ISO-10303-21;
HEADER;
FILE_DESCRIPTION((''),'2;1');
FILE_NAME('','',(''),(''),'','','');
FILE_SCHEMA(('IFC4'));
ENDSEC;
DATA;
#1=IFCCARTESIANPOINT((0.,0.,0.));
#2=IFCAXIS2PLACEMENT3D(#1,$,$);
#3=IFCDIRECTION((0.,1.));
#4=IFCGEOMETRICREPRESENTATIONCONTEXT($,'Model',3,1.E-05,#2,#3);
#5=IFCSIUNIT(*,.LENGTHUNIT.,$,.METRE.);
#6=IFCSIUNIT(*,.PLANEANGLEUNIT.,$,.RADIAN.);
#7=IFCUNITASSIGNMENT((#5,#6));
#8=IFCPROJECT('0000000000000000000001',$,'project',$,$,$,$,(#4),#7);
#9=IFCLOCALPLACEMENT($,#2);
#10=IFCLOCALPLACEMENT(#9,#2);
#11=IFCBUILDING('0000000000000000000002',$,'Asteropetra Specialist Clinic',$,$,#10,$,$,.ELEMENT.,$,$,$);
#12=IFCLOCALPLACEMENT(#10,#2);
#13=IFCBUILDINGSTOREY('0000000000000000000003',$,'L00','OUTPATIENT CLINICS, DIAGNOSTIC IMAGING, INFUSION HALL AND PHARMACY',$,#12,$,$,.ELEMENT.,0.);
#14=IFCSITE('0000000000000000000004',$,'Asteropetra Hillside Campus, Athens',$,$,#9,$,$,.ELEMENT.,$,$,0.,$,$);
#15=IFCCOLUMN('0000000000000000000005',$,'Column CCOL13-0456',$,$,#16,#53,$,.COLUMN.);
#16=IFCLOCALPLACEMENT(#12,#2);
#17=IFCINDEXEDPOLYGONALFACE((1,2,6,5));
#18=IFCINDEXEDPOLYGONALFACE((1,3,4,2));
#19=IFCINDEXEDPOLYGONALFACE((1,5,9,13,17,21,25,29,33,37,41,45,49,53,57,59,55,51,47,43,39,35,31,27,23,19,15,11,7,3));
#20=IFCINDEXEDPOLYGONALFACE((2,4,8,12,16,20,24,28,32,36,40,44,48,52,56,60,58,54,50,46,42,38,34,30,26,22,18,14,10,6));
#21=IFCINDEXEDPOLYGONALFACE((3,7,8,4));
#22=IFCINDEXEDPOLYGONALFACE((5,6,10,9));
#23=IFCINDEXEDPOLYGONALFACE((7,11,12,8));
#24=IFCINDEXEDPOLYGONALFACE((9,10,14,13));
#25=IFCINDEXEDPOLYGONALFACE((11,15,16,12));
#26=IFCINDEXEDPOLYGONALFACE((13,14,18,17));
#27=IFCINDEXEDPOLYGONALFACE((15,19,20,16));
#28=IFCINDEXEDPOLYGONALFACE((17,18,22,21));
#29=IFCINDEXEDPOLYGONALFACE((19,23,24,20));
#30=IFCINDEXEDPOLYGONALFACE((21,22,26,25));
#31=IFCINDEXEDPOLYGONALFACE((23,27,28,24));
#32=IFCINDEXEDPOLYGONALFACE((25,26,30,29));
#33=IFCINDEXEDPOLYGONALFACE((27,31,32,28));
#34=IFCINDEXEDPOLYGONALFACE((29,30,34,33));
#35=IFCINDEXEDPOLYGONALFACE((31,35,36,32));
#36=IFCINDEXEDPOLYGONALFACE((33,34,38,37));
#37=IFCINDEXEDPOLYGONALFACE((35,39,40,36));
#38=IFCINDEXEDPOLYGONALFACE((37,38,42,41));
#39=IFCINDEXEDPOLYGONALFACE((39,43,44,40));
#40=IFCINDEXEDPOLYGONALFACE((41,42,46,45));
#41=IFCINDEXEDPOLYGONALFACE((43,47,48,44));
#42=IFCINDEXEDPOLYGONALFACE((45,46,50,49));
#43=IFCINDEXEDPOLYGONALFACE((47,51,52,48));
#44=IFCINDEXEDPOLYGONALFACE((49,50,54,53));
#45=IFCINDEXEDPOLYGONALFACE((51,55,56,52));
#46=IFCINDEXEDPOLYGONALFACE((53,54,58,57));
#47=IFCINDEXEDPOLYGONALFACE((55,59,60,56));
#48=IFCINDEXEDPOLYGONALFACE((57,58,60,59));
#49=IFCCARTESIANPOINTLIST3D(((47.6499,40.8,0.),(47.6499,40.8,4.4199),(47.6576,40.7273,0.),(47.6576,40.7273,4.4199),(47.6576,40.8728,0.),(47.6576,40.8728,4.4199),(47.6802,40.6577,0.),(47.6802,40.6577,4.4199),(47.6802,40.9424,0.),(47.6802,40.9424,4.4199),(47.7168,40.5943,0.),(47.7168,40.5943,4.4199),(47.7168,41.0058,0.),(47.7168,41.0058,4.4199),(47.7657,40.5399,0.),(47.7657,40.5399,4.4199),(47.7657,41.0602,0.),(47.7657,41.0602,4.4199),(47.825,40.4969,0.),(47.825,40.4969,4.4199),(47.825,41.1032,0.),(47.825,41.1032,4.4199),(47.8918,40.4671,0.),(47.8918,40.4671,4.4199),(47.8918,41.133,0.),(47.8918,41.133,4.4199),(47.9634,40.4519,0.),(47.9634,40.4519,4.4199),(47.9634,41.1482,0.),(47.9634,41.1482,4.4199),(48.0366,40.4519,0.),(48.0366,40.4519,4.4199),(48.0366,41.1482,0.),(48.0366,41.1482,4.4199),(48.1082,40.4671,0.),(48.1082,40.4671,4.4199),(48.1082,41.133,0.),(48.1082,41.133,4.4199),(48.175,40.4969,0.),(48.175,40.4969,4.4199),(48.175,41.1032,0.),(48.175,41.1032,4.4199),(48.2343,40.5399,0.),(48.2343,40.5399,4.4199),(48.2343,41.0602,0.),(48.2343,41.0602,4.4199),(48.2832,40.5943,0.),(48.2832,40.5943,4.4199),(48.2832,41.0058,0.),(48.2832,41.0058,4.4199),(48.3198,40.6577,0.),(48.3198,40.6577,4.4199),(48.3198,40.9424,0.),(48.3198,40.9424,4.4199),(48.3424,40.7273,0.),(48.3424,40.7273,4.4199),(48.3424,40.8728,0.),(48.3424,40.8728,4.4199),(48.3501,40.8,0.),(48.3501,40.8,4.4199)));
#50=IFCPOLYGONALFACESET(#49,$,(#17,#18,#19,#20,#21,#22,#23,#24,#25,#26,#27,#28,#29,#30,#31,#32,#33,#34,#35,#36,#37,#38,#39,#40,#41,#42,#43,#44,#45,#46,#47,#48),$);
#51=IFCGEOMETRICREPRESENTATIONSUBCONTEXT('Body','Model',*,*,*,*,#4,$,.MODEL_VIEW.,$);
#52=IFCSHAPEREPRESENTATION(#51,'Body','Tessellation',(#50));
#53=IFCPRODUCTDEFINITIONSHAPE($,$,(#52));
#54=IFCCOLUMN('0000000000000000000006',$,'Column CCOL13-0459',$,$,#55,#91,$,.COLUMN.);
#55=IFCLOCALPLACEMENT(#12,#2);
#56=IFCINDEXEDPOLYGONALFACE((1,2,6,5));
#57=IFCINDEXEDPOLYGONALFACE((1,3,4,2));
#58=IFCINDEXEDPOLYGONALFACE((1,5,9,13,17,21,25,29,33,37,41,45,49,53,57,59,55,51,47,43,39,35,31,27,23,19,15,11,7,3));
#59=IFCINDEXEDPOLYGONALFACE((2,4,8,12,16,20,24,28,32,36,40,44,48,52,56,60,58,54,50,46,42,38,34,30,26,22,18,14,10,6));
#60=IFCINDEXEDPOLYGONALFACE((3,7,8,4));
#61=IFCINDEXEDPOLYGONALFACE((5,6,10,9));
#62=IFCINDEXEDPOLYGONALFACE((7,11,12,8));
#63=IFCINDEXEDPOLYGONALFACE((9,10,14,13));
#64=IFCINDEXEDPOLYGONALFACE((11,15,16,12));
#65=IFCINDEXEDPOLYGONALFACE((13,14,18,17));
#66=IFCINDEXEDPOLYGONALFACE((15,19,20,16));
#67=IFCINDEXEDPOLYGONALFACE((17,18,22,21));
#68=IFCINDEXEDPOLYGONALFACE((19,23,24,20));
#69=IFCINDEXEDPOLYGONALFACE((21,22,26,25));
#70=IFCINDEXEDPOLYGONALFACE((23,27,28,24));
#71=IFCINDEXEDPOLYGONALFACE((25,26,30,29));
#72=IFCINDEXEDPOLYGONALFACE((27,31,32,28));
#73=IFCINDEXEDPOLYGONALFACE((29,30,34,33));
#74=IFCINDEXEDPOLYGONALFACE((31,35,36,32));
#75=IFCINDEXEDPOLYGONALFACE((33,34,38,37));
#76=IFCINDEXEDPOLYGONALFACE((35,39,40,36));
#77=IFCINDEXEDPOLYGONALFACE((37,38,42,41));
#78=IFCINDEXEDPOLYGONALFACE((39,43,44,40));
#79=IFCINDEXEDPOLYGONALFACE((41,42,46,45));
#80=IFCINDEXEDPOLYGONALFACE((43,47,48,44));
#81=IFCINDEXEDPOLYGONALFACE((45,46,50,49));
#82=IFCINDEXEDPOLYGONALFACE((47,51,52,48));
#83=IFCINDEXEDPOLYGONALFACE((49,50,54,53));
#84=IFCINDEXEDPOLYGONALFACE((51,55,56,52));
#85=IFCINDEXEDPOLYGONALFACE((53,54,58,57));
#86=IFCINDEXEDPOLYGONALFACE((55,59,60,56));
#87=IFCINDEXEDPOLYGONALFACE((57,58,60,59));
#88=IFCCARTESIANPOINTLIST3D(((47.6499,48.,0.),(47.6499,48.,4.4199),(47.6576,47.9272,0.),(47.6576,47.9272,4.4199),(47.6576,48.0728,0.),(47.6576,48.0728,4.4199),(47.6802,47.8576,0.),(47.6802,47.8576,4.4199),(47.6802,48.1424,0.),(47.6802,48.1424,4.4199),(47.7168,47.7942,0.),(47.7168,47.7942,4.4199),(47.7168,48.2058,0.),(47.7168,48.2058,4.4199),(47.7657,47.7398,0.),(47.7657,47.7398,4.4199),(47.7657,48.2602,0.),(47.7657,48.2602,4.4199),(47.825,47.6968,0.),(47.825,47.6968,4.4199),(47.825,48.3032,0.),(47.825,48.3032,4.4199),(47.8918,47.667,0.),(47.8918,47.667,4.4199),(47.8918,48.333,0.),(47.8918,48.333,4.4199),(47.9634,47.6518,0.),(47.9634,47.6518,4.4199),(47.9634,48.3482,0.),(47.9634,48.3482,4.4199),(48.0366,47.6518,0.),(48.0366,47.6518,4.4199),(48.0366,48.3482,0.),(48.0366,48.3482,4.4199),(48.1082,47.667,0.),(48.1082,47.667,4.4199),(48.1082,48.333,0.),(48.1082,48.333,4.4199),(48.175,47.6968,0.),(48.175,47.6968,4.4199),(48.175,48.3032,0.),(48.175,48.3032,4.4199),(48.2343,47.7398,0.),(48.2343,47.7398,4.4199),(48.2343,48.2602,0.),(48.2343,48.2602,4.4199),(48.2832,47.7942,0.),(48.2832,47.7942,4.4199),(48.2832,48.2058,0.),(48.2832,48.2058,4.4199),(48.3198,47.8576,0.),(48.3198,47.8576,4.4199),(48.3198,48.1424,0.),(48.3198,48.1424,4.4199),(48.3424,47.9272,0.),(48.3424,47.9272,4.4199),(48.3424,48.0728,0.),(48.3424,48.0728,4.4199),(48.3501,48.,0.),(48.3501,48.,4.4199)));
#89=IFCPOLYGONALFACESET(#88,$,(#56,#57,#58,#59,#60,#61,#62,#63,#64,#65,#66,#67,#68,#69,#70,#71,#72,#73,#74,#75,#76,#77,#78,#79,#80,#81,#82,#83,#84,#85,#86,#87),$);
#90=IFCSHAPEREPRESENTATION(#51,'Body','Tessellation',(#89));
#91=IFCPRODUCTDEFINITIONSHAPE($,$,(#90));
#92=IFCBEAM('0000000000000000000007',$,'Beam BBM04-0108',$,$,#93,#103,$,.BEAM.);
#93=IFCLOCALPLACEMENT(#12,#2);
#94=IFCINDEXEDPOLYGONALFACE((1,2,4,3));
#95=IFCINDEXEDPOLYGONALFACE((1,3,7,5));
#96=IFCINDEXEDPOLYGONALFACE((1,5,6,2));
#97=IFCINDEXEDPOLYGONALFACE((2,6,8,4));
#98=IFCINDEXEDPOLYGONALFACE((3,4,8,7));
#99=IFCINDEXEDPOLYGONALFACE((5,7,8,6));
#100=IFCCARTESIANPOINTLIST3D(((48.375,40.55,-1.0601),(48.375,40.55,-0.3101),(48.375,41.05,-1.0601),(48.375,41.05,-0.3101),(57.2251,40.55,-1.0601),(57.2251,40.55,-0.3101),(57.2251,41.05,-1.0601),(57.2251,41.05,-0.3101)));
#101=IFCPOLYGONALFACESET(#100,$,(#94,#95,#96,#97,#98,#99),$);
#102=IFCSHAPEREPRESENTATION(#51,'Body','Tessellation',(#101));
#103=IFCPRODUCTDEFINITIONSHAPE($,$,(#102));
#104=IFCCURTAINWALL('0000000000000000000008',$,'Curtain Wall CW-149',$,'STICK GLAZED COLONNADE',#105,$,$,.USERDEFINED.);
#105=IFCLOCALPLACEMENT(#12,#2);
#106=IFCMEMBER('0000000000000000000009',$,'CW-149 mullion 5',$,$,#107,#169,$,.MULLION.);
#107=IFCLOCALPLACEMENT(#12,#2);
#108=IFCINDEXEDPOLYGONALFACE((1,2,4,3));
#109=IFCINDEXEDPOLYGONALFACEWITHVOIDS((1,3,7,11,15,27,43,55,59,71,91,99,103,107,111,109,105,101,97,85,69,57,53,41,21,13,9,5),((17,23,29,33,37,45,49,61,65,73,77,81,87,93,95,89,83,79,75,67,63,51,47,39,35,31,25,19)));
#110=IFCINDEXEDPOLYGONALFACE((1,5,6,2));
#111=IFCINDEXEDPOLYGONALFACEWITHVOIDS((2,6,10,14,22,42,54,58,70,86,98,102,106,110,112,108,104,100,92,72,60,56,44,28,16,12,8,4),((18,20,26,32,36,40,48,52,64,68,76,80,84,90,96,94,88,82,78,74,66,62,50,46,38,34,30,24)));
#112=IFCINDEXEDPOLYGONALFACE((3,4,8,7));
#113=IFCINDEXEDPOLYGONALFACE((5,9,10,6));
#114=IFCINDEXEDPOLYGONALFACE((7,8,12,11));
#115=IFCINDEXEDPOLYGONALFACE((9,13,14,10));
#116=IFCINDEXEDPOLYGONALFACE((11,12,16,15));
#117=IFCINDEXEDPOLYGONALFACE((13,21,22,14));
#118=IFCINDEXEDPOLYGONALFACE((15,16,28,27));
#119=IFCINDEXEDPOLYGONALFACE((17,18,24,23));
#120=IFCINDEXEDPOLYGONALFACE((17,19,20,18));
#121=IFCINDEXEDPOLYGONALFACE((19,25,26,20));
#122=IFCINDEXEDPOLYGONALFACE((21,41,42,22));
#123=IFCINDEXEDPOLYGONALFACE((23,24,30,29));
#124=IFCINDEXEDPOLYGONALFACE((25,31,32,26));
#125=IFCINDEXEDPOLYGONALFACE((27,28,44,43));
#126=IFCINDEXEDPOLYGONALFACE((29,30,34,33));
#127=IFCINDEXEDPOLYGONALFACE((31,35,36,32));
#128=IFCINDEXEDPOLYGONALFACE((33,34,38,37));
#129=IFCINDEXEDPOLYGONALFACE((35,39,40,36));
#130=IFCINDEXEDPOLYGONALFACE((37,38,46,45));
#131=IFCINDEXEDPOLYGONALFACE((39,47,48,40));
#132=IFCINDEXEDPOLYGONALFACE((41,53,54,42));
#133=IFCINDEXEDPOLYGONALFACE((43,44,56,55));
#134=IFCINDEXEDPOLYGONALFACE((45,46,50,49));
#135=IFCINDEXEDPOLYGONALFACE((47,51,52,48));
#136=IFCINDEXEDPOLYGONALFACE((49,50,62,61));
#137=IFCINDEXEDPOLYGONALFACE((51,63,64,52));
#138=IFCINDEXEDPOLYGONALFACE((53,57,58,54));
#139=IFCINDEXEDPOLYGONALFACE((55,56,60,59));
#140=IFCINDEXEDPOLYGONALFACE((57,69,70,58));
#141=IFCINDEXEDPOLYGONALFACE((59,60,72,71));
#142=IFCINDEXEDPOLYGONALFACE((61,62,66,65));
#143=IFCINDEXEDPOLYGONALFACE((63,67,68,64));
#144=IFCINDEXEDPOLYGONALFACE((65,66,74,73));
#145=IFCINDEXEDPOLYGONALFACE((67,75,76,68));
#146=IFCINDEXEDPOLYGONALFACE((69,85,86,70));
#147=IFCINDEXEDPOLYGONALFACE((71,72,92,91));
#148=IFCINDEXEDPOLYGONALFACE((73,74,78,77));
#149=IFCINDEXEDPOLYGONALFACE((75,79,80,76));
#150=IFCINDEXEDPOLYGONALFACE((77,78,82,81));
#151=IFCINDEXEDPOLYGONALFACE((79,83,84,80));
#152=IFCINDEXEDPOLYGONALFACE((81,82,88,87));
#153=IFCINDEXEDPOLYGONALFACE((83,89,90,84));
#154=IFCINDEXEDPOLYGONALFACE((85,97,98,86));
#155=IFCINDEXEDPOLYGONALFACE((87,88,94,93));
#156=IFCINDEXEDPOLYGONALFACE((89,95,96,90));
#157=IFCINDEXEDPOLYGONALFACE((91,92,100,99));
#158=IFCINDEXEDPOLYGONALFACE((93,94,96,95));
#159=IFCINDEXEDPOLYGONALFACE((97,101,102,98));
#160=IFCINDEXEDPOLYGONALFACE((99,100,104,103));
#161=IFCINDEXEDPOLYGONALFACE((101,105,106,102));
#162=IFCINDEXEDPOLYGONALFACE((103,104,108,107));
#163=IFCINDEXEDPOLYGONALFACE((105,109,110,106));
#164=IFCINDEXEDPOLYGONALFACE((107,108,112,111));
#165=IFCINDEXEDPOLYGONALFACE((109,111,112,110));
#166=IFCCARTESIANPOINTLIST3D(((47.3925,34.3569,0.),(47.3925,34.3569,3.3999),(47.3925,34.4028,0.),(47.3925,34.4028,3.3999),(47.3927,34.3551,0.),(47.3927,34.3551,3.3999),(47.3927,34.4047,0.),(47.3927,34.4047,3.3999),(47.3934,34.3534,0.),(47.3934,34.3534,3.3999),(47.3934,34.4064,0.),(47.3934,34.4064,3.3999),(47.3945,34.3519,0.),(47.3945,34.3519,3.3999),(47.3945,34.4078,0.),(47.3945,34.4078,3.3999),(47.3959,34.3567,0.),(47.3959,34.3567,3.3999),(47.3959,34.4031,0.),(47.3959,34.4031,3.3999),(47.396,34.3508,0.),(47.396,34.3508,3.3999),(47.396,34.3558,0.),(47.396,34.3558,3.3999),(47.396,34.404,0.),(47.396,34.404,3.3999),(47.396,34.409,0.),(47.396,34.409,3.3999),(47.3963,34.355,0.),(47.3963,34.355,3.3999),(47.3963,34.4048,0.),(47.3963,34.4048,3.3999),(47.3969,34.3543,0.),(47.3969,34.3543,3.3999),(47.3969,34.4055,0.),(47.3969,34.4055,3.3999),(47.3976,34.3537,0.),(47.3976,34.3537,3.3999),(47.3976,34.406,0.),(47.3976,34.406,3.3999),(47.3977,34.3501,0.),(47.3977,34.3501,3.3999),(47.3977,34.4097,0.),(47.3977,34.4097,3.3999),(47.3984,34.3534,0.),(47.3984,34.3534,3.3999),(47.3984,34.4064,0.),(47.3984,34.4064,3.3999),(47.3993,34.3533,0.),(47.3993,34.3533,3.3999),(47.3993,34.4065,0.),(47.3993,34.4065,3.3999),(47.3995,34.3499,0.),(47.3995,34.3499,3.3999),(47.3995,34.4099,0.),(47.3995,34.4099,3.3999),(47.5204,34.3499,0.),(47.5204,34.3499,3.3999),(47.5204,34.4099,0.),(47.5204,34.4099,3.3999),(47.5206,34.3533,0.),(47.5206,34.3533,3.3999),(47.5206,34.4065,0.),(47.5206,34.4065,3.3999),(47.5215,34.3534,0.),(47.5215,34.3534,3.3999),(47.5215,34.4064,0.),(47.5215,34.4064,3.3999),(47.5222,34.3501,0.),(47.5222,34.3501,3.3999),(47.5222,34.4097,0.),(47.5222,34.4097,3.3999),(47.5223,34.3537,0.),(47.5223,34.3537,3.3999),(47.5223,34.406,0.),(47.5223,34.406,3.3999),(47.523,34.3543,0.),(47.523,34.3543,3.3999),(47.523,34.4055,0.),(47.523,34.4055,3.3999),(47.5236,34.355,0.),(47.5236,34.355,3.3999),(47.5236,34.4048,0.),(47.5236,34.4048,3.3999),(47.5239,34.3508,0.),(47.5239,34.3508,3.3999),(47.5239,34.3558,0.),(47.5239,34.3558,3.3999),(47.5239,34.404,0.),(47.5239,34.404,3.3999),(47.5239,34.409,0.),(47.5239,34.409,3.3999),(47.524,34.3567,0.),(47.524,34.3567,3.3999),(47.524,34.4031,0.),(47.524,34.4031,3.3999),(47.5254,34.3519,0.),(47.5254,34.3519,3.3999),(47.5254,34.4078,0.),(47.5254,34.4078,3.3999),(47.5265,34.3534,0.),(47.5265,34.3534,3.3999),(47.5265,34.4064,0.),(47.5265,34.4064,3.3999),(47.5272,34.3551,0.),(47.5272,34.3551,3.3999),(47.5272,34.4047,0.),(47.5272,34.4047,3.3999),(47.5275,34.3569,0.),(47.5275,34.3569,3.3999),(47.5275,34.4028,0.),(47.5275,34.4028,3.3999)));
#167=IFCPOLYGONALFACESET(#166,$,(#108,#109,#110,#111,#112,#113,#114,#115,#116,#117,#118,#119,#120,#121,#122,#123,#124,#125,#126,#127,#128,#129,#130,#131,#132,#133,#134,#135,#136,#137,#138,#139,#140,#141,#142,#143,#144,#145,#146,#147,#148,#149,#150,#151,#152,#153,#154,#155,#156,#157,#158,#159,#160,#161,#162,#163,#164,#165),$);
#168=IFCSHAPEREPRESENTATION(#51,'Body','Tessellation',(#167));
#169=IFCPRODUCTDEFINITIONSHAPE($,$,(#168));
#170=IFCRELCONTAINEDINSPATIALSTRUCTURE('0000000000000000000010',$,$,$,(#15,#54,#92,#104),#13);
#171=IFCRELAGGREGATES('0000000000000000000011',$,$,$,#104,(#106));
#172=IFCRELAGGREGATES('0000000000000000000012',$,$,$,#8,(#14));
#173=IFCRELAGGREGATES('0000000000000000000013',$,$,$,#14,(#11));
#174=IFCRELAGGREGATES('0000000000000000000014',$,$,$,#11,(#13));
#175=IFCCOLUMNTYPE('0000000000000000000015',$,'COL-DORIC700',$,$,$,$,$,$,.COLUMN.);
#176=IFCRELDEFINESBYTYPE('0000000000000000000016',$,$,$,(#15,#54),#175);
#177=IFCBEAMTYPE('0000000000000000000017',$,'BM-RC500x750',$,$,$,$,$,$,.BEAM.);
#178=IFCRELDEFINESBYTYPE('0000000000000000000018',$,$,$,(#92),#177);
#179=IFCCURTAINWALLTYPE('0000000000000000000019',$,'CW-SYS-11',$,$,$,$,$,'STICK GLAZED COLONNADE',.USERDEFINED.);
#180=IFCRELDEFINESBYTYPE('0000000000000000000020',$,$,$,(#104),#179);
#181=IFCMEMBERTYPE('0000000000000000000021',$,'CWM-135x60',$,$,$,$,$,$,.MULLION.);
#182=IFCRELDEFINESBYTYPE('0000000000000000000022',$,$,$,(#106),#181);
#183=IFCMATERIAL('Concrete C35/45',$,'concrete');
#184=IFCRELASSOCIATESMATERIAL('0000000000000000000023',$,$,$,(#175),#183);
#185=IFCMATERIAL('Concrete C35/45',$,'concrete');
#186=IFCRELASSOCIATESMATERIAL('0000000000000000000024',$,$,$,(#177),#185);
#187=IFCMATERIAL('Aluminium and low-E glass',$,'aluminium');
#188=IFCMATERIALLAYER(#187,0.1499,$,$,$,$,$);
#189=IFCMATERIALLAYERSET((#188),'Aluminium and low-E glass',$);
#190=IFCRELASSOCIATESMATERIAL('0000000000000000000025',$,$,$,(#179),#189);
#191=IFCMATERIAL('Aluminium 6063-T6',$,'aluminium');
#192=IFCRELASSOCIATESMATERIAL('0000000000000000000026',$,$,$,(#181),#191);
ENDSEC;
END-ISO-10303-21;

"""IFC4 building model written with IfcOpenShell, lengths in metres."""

from ifc_helpers import new_model, si_unit, direction, frame, origin, origin_2d, place, context, subcontext, project, spatial, rectangle, hollow_rectangle, circle, extrude, material, layer, layer_set, material_profile, profile_set, type_object, element, aggregate, save


model = new_model("IFC4")

# Units and contexts
model_context = context("Model", 3, precision=1e-05, world=origin(), true_north=direction((0.0, 1.0)))
body_context = subcontext(model_context, "Body", "Model", "MODEL_VIEW")
ifc_project = project(units=[si_unit("LENGTHUNIT", "METRE"), si_unit("PLANEANGLEUNIT", "RADIAN")], contexts=[model_context])

# Site, building, storey
site_placement = place(None, origin())
site = spatial("IfcSite", under=ifc_project, at=site_placement, Name="Asteropetra Hillside Campus, Athens", CompositionType="ELEMENT", RefElevation=0.0)
building_placement = place(site_placement, origin())
building = spatial("IfcBuilding", under=site, at=building_placement, Name="Asteropetra Specialist Clinic", CompositionType="ELEMENT")
storey_placement = place(building_placement, origin())
storey = spatial("IfcBuildingStorey", under=building, at=storey_placement, Name="L00", Description="OUTPATIENT CLINICS, DIAGNOSTIC IMAGING, INFUSION HALL AND PHARMACY", CompositionType="ELEMENT", Elevation=0.0)

# Columns
ifc_material_1 = material(Name="Concrete C35/45", Category="concrete")
ifc_material_profile_1 = material_profile(ifc_material_1, circle(Radius=0.3501, at=origin_2d()), Name="RCC D700")
ifc_profile_set_1 = profile_set([ifc_material_profile_1], Name="Concrete C35/45")
column_type = type_object("IfcColumnType", Name="COL-DORIC700", PredefinedType="COLUMN", material=ifc_profile_set_1)
for number, where, z_axis, x_axis, name in (
    (1, (48.0, 40.8, 0.0), (0.0, 0.0, 1.0), (1.0, 0.0, 0.0), "Column CCOL13-0456"),
    (2, (48.0, 48.0, 0.0), (0.0, 0.0, 1.0), (1.0, 0.0, 0.0), "Column CCOL13-0459"),
):
    element("IfcColumn", number, at=place(storey_placement, frame(where, z_axis=z_axis, x_axis=x_axis)), inside=storey, type_object=column_type, Name=name, PredefinedType="COLUMN", context=body_context, shape_type="SweptSolid", body=[
        extrude(circle(Radius=0.3501, at=origin_2d()), origin(), (0.0, 0.0, 1.0), 4.4199),
    ])

# Beam
ifc_material_2 = material(Name="Concrete C35/45", Category="concrete")
ifc_material_profile_2 = material_profile(ifc_material_2, rectangle(XDim=0.5, YDim=0.75, at=origin_2d()), Name="RCB 500x750")
ifc_profile_set_2 = profile_set([ifc_material_profile_2], Name="Concrete C35/45")
beam_type_1 = type_object("IfcBeamType", Name="BM-RC500x750", PredefinedType="BEAM", material=ifc_profile_set_2)
beam_1_placement = place(storey_placement, frame((48.375, 40.8, -0.6851), z_axis=(1.0, 0.0, 0.0), x_axis=(0.0, 1.0, 0.0)))
element("IfcBeam", 3, at=beam_1_placement, inside=storey, type_object=beam_type_1, Name="Beam BBM04-0108", PredefinedType="BEAM", context=body_context, shape_type="SweptSolid", body=[
    extrude(rectangle(XDim=0.5, YDim=0.75, at=origin_2d()), origin(), (0.0, 0.0, 1.0), 8.8501),
])

# Curtain wall, member
ifc_material_3 = material(Name="Aluminium and low-E glass", Category="aluminium")
ifc_layer_1 = layer(ifc_material_3, 0.1499)
ifc_layer_set_1 = layer_set([ifc_layer_1], Name="Aluminium and low-E glass")
curtain_wall_type_1 = type_object("IfcCurtainWallType", Name="CW-SYS-11", ElementType="STICK GLAZED COLONNADE", PredefinedType="USERDEFINED", material=ifc_layer_set_1)
curtain_wall_1_placement = place(storey_placement, origin())
curtain_wall_1 = element("IfcCurtainWall", 4, at=curtain_wall_1_placement, inside=storey, type_object=curtain_wall_type_1, Name="Curtain Wall CW-149", ObjectType="STICK GLAZED COLONNADE", PredefinedType="USERDEFINED")
ifc_material_4 = material(Name="Aluminium 6063-T6", Category="aluminium")
ifc_material_profile_3 = material_profile(ifc_material_4, hollow_rectangle(XDim=0.0601, YDim=0.135, WallThickness=0.0034, InnerFilletRadius=0.0034, OuterFilletRadius=0.0071, at=origin_2d()), Name="MUL 135x60x3.5")
ifc_profile_set_3 = profile_set([ifc_material_profile_3], Name="Aluminium 6063-T6")
member_type = type_object("IfcMemberType", Name="CWM-135x60", PredefinedType="MULLION", material=ifc_profile_set_3)
member_1_placement = place(storey_placement, frame((47.46, 34.3799, 0.0), z_axis=(0.0, 0.0, 1.0), x_axis=(0.0, 1.0, 0.0)))
member_1 = element("IfcMember", 5, at=member_1_placement, type_object=member_type, Name="CW-149 mullion 5", PredefinedType="MULLION", context=body_context, shape_type="SweptSolid", body=[
    extrude(hollow_rectangle(XDim=0.0601, YDim=0.135, WallThickness=0.0034, InnerFilletRadius=0.0034, OuterFilletRadius=0.0071, at=origin_2d()), origin(), (0.0, 0.0, 1.0), 3.3999),
])
aggregate(curtain_wall_1, [member_1])

save(model, "model.ifc")
